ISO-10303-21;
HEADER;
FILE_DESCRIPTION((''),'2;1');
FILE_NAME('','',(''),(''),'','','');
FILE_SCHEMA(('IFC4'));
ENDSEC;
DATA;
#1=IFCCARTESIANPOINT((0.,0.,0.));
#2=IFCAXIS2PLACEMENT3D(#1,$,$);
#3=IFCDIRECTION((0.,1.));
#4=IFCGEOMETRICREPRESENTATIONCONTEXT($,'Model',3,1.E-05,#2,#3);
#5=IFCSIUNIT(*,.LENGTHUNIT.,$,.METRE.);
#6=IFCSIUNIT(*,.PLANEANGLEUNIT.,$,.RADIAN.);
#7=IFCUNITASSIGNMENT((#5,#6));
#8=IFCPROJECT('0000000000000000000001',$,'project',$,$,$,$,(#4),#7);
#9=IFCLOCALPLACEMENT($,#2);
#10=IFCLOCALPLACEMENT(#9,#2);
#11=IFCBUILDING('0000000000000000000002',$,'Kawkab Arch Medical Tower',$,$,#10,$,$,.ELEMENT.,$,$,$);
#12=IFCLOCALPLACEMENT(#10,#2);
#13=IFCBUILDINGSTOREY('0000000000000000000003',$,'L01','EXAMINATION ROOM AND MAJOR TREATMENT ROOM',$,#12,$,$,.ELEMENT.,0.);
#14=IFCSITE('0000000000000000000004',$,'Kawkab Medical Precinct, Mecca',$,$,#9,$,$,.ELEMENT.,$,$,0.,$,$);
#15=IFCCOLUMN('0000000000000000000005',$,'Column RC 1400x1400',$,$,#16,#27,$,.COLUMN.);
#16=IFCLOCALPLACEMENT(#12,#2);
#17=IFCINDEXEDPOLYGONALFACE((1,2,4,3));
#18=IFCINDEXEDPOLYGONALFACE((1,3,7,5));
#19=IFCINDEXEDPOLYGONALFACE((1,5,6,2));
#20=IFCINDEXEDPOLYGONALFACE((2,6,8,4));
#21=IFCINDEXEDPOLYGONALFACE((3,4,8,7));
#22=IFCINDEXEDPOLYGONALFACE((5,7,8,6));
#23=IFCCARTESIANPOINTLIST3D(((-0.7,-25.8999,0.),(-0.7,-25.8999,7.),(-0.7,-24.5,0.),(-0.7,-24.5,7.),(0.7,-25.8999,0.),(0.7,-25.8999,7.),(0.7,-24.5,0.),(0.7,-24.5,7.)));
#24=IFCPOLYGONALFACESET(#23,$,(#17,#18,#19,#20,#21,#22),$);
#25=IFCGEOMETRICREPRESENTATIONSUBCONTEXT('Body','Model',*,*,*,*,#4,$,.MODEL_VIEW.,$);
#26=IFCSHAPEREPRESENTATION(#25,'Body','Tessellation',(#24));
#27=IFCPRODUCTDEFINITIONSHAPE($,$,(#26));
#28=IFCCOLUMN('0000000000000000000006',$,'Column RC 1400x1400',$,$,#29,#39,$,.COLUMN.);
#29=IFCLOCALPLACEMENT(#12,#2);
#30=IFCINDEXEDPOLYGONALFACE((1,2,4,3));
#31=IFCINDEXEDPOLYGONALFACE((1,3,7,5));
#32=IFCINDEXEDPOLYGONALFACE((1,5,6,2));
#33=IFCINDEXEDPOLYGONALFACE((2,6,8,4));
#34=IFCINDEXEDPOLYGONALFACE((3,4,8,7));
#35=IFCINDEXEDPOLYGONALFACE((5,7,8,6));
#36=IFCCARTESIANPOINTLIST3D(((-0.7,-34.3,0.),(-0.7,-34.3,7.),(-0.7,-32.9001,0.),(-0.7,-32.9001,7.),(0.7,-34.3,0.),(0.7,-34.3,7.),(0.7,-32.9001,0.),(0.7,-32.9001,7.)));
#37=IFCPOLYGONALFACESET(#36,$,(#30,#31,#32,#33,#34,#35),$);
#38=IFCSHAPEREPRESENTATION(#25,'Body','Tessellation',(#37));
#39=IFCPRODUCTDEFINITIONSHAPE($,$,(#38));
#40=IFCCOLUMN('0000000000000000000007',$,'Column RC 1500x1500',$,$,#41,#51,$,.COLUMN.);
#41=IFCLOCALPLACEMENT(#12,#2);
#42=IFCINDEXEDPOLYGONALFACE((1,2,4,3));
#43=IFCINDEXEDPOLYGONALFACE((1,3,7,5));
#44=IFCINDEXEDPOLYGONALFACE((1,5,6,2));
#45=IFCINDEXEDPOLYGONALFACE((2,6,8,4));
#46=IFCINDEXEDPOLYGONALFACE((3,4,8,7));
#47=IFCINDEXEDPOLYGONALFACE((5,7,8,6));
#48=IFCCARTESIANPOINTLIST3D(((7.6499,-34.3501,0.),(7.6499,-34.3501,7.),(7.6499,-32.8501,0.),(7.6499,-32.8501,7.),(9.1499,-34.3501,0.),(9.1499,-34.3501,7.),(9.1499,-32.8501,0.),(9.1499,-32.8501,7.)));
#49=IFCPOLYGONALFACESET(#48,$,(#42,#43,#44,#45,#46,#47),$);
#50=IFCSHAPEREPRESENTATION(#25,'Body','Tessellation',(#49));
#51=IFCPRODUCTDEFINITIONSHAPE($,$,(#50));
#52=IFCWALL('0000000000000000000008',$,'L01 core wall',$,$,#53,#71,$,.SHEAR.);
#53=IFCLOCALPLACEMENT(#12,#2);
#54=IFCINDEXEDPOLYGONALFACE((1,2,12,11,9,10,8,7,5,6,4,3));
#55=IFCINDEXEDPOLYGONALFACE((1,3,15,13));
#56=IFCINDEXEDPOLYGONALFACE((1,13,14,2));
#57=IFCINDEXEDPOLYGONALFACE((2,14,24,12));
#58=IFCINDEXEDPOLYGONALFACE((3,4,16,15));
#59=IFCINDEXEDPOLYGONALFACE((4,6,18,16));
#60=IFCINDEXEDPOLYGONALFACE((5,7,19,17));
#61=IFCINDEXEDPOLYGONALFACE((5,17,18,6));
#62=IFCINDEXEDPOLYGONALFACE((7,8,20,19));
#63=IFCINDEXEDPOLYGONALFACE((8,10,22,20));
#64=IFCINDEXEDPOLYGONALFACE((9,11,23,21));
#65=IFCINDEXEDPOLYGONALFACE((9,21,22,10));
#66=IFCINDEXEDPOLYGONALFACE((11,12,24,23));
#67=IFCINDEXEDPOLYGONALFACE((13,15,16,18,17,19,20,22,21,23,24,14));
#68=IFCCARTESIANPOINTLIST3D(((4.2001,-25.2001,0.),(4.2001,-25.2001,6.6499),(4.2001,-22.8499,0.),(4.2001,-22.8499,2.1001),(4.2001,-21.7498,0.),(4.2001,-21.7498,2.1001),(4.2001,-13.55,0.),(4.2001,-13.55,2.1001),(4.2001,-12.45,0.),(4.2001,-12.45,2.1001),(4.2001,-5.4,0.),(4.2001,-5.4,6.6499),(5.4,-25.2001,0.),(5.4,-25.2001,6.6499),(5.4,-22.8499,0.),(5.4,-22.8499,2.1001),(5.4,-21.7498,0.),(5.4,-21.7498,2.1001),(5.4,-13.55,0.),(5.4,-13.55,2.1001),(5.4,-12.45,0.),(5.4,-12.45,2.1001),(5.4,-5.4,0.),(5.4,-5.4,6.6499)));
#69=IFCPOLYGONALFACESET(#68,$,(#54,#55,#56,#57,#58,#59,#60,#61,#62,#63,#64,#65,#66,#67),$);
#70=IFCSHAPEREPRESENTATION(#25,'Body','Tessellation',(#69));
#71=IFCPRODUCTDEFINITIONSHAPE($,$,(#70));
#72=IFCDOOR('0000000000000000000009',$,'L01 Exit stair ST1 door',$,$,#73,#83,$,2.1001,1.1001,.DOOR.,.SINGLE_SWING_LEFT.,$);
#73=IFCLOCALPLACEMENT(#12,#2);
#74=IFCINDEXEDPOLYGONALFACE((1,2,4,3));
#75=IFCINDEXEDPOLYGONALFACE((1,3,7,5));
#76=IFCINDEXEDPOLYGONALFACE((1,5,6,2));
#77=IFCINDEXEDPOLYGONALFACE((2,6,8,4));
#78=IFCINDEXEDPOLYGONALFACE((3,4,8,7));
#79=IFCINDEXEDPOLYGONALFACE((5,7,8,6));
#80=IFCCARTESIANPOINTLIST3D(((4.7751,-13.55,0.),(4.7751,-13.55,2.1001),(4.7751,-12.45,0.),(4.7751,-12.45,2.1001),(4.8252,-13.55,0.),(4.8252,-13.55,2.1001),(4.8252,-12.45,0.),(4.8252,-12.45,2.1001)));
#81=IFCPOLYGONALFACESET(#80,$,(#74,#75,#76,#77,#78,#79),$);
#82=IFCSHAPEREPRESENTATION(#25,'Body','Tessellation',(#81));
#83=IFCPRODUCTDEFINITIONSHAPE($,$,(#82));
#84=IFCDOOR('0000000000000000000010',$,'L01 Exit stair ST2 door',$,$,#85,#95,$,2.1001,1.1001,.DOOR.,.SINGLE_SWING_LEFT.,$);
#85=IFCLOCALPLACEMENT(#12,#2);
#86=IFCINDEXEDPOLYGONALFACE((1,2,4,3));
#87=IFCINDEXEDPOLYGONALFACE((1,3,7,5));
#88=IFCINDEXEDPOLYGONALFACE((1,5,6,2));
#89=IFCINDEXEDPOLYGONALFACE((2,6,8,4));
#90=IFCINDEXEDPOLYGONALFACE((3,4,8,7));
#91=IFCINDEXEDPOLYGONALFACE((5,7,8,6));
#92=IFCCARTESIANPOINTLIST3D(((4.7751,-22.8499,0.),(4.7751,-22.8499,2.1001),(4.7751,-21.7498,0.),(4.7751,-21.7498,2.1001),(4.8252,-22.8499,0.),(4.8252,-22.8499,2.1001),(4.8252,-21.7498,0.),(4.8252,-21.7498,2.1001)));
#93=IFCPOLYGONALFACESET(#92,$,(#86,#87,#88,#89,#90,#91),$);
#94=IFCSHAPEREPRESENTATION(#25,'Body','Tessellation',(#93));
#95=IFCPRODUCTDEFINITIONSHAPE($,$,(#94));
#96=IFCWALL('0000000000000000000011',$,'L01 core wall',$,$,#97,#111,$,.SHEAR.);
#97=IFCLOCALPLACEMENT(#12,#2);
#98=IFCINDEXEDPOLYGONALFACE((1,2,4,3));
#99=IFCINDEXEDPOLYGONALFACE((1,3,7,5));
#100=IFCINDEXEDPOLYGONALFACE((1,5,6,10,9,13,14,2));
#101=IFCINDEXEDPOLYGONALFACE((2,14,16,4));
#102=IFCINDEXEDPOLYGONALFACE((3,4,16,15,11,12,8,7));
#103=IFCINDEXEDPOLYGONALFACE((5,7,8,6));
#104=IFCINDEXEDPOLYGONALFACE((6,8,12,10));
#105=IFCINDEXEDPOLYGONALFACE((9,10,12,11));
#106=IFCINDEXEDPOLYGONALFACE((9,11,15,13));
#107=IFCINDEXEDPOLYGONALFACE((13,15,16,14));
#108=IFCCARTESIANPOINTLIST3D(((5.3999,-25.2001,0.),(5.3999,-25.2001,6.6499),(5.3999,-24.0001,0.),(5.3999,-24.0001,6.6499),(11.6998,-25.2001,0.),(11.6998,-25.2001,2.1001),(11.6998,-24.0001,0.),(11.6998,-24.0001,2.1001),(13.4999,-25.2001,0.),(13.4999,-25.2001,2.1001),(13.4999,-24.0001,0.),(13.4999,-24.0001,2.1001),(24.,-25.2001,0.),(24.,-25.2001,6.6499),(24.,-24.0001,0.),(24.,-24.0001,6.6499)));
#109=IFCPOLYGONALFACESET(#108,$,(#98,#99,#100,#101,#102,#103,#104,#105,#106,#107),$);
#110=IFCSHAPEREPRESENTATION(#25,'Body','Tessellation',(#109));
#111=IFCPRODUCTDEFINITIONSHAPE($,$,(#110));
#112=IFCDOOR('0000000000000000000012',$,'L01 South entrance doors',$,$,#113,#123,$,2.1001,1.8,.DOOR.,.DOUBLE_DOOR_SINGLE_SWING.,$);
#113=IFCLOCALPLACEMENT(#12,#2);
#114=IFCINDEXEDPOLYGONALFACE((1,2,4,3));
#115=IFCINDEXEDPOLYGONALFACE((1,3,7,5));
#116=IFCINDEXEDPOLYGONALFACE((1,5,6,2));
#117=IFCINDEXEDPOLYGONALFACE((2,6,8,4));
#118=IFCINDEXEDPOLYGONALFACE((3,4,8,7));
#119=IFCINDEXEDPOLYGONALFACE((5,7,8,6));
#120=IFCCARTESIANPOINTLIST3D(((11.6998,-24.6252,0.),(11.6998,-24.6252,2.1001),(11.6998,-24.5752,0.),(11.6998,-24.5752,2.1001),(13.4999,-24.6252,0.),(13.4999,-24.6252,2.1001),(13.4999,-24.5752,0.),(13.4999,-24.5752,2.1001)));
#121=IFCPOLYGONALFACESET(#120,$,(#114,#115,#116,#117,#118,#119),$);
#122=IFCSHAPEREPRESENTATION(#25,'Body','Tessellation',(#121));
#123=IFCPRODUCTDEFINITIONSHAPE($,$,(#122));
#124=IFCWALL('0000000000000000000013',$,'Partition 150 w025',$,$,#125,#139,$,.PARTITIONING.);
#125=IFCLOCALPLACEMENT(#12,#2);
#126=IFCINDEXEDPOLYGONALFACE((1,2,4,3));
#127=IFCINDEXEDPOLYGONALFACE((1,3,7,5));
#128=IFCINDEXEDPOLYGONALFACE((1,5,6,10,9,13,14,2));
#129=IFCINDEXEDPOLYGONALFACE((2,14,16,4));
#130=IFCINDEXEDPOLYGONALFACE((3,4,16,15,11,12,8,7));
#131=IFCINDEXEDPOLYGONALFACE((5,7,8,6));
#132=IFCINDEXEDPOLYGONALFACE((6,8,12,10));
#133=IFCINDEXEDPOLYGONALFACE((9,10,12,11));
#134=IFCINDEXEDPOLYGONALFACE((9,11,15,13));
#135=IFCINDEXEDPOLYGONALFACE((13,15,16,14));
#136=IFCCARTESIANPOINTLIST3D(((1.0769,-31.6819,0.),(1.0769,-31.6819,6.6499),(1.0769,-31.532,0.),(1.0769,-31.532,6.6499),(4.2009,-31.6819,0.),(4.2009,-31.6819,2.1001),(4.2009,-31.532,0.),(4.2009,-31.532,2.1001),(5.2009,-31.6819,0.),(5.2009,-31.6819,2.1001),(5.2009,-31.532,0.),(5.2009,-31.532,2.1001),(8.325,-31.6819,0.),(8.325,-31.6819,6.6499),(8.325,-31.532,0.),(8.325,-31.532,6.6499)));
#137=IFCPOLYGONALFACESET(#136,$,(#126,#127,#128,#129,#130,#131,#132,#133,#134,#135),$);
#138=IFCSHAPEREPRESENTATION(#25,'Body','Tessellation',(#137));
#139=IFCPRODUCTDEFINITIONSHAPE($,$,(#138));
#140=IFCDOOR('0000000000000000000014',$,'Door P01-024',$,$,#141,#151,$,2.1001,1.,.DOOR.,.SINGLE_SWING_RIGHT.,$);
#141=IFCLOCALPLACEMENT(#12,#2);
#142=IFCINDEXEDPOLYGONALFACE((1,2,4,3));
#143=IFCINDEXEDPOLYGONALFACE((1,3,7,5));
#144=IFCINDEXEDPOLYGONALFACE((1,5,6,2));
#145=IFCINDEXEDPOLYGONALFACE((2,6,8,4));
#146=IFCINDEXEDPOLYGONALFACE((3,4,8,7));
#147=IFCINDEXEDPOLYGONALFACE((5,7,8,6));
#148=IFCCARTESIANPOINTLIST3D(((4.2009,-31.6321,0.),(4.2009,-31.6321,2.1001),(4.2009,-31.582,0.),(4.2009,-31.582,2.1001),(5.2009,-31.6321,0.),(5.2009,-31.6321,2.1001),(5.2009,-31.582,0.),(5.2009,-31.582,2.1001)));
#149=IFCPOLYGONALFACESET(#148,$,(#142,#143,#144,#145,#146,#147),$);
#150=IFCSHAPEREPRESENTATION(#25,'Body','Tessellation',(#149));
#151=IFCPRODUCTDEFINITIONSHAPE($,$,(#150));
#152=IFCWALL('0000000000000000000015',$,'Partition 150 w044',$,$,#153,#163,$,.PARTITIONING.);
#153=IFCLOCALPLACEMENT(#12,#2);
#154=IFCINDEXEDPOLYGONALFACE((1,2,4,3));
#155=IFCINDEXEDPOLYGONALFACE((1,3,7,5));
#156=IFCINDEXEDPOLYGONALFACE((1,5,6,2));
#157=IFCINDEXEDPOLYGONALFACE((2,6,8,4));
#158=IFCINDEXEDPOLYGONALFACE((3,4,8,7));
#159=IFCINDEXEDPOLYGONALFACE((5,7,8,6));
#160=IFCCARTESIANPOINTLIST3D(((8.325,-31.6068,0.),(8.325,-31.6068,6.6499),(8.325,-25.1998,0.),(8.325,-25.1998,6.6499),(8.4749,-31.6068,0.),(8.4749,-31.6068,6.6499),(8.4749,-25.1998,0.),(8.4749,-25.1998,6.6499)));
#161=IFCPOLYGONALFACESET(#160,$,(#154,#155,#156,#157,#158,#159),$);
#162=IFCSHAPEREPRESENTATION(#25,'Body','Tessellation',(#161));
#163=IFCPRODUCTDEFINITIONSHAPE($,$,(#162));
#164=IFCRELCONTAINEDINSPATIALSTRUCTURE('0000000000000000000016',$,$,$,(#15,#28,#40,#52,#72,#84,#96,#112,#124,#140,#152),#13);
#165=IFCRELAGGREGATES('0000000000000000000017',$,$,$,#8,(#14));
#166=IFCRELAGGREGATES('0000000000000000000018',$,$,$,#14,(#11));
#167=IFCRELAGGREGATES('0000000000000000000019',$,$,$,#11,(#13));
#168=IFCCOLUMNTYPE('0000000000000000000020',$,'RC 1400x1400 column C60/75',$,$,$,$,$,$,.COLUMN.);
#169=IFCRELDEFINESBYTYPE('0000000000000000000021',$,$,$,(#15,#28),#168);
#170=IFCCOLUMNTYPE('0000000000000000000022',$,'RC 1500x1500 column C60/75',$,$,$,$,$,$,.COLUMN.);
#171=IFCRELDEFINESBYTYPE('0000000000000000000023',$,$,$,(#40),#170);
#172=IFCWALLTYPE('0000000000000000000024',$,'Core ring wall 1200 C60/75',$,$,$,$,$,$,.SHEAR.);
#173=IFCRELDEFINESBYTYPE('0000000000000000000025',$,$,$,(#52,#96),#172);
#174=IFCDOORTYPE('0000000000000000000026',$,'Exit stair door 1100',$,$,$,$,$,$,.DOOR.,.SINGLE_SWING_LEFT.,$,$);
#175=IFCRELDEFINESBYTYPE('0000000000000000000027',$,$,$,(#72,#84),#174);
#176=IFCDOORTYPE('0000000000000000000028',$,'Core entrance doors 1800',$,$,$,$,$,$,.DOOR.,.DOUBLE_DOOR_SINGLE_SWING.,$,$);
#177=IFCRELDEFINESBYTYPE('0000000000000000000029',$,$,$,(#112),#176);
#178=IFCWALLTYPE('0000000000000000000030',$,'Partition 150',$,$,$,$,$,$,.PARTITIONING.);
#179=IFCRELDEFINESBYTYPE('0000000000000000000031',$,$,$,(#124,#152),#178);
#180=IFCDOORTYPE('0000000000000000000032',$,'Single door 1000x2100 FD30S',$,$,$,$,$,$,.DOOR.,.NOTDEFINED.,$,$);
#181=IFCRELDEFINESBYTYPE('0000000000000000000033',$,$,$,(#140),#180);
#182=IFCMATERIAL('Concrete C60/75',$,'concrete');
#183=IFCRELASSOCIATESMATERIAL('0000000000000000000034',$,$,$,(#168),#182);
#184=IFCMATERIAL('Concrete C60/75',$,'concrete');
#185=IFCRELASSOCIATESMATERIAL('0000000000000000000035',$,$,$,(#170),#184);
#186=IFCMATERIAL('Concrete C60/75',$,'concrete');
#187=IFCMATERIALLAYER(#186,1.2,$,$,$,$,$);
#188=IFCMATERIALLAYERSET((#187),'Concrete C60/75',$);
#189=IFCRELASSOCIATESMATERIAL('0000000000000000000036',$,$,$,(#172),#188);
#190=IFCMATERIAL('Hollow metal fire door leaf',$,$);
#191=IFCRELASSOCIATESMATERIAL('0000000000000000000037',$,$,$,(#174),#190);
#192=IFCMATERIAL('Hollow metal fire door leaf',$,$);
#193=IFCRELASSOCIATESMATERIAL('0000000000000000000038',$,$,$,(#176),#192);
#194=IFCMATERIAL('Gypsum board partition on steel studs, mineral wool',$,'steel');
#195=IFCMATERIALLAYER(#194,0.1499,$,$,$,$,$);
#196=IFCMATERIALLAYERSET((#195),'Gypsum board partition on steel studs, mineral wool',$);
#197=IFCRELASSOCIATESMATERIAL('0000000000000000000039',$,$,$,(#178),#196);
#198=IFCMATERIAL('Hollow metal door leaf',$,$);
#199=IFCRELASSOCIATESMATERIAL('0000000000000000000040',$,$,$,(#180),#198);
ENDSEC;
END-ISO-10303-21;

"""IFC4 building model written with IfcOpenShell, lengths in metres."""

from ifc_helpers import new_model, si_unit, direction, frame, frame_2d, origin, origin_2d, place, context, subcontext, project, spatial, rectangle, extrude, material, layer, layer_set, material_profile, profile_set, type_object, element, fill, save


model = new_model("IFC4")

# Units and contexts
model_context = context("Model", 3, precision=1e-05, world=origin(), true_north=direction((0.0, 1.0)))
body_context = subcontext(model_context, "Body", "Model", "MODEL_VIEW")
ifc_project = project(units=[si_unit("LENGTHUNIT", "METRE"), si_unit("PLANEANGLEUNIT", "RADIAN")], contexts=[model_context])

# Site, building, storey
site_placement = place(None, origin())
site = spatial("IfcSite", under=ifc_project, at=site_placement, Name="Kawkab Medical Precinct, Mecca", CompositionType="ELEMENT", RefElevation=0.0)
building_placement = place(site_placement, origin())
building = spatial("IfcBuilding", under=site, at=building_placement, Name="Kawkab Arch Medical Tower", CompositionType="ELEMENT")
storey_placement = place(building_placement, origin())
storey = spatial("IfcBuildingStorey", under=building, at=storey_placement, Name="L01", Description="EXAMINATION ROOM AND MAJOR TREATMENT ROOM", CompositionType="ELEMENT", Elevation=0.0)

# Columns
ifc_material_1 = material(Name="Concrete C60/75", Category="concrete")
ifc_material_profile_1 = material_profile(ifc_material_1, rectangle(XDim=1.3999, YDim=1.3999, at=origin_2d()), Name="RC 1400x1400")
ifc_profile_set_1 = profile_set([ifc_material_profile_1], Name="Concrete C60/75")
column_type_1 = type_object("IfcColumnType", Name="RC 1400x1400 column C60/75", PredefinedType="COLUMN", material=ifc_profile_set_1)
for number, where, z_axis, x_axis, name in (
    (1, (0.0, -25.2, 0.0), (0.0, 0.0, 1.0), (1.0, 0.0, 0.0), "Column RC 1400x1400"),
    (2, (0.0, -33.6001, 0.0), (0.0, 0.0, 1.0), (1.0, 0.0, 0.0), "Column RC 1400x1400"),
):
    element("IfcColumn", number, at=place(storey_placement, frame(where, z_axis=z_axis, x_axis=x_axis)), inside=storey, type_object=column_type_1, Name=name, PredefinedType="COLUMN", context=body_context, shape_type="SweptSolid", body=[
        extrude(rectangle(XDim=1.3999, YDim=1.3999, at=origin_2d()), origin(), (0.0, 0.0, 1.0), 7.0),
    ])
ifc_material_2 = material(Name="Concrete C60/75", Category="concrete")
ifc_material_profile_2 = material_profile(ifc_material_2, rectangle(XDim=1.5, YDim=1.5, at=origin_2d()), Name="RC 1500x1500")
ifc_profile_set_2 = profile_set([ifc_material_profile_2], Name="Concrete C60/75")
column_type_2 = type_object("IfcColumnType", Name="RC 1500x1500 column C60/75", PredefinedType="COLUMN", material=ifc_profile_set_2)
column_placement = place(storey_placement, frame((8.3999, -33.6001, 0.0), z_axis=(0.0, 0.0, 1.0), x_axis=(1.0, 0.0, 0.0)))
element("IfcColumn", 3, at=column_placement, inside=storey, type_object=column_type_2, Name="Column RC 1500x1500", PredefinedType="COLUMN", context=body_context, shape_type="SweptSolid", body=[
    extrude(rectangle(XDim=1.5, YDim=1.5, at=origin_2d()), origin(), (0.0, 0.0, 1.0), 7.0),
])

# Wall, openings, doors
ifc_material_3 = material(Name="Concrete C60/75", Category="concrete")
ifc_layer_1 = layer(ifc_material_3, 1.2)
ifc_layer_set_1 = layer_set([ifc_layer_1], Name="Concrete C60/75")
wall_type_1 = type_object("IfcWallType", Name="Core ring wall 1200 C60/75", PredefinedType="SHEAR", material=ifc_layer_set_1)
wall_1_placement = place(storey_placement, frame((4.8, -25.2, 0.0), z_axis=(0.0, 0.0, 1.0), x_axis=(0.0, 1.0, 0.0)))
wall_1 = element("IfcWall", 4, at=wall_1_placement, inside=storey, type_object=wall_type_1, Name="L01 core wall", PredefinedType="SHEAR", context=body_context, shape_type="SweptSolid", body=[
    extrude(rectangle(XDim=19.8, YDim=1.2, at=frame_2d((9.8999, 0.0))), origin(), (0.0, 0.0, 1.0), 6.6499),
])
opening_1_placement = place(wall_1_placement, frame((11.6499, 0.0, 0.0)))
opening_1 = element("IfcOpeningElement", 5, at=opening_1_placement, cuts=wall_1, PredefinedType="OPENING", context=body_context, shape_type="SweptSolid", body=[
    extrude(rectangle(XDim=1.1001, YDim=2.1001, at=frame_2d((0.55, 1.05))), frame((0.0, 0.6099, 0.0), z_axis=(0.0, -1.0, 0.0), x_axis=(1.0, 0.0, 0.0)), (0.0, 0.0, 1.0), 1.22),
])
opening_2_placement = place(wall_1_placement, frame((2.3501, 0.0, 0.0)))
opening_2 = element("IfcOpeningElement", 6, at=opening_2_placement, cuts=wall_1, PredefinedType="OPENING", context=body_context, shape_type="SweptSolid", body=[
    extrude(rectangle(XDim=1.1001, YDim=2.1001, at=frame_2d((0.55, 1.05))), frame((0.0, 0.6099, 0.0), z_axis=(0.0, -1.0, 0.0), x_axis=(1.0, 0.0, 0.0)), (0.0, 0.0, 1.0), 1.22),
])
ifc_material_4 = material(Name="Hollow metal fire door leaf")
door_type_1 = type_object("IfcDoorType", Name="Exit stair door 1100", OperationType="SINGLE_SWING_LEFT", PredefinedType="DOOR", material=ifc_material_4)
door_1_placement = place(opening_1_placement, origin())
door_1 = element("IfcDoor", 7, at=door_1_placement, inside=storey, type_object=door_type_1, Name="L01 Exit stair ST1 door", OperationType="SINGLE_SWING_LEFT", OverallHeight=2.1001, OverallWidth=1.1001, PredefinedType="DOOR", context=body_context, shape_type="SweptSolid", body=[
    extrude(rectangle(XDim=1.1001, YDim=2.1001, at=frame_2d((0.55, 1.05))), frame((0.0, 0.0249, 0.0), z_axis=(0.0, -1.0, 0.0), x_axis=(1.0, 0.0, 0.0)), (0.0, 0.0, 1.0), 0.05),
])
fill(opening_1, door_1)
door_2_placement = place(opening_2_placement, origin())
door_2 = element("IfcDoor", 8, at=door_2_placement, inside=storey, type_object=door_type_1, Name="L01 Exit stair ST2 door", OperationType="SINGLE_SWING_LEFT", OverallHeight=2.1001, OverallWidth=1.1001, PredefinedType="DOOR", context=body_context, shape_type="SweptSolid", body=[
    extrude(rectangle(XDim=1.1001, YDim=2.1001, at=frame_2d((0.55, 1.05))), frame((0.0, 0.0249, 0.0), z_axis=(0.0, -1.0, 0.0), x_axis=(1.0, 0.0, 0.0)), (0.0, 0.0, 1.0), 0.05),
])
fill(opening_2, door_2)

# Walls, openings, doors
wall_2_placement = place(storey_placement, frame((5.3999, -24.6001, 0.0), z_axis=(0.0, 0.0, 1.0), x_axis=(1.0, 0.0, 0.0)))
wall_2 = element("IfcWall", 9, at=wall_2_placement, inside=storey, type_object=wall_type_1, Name="L01 core wall", PredefinedType="SHEAR", context=body_context, shape_type="SweptSolid", body=[
    extrude(rectangle(XDim=18.6001, YDim=1.2, at=frame_2d((9.3, 0.0))), origin(), (0.0, 0.0, 1.0), 6.6499),
])
opening_3_placement = place(wall_2_placement, frame((6.3, 0.0, 0.0)))
opening_3 = element("IfcOpeningElement", 10, at=opening_3_placement, cuts=wall_2, PredefinedType="OPENING", context=body_context, shape_type="SweptSolid", body=[
    extrude(rectangle(XDim=1.8, YDim=2.1001, at=frame_2d((0.8999, 1.05))), frame((0.0, 0.6099, 0.0), z_axis=(0.0, -1.0, 0.0), x_axis=(1.0, 0.0, 0.0)), (0.0, 0.0, 1.0), 1.22),
])
ifc_material_5 = material(Name="Hollow metal fire door leaf")
door_type_2 = type_object("IfcDoorType", Name="Core entrance doors 1800", OperationType="DOUBLE_DOOR_SINGLE_SWING", PredefinedType="DOOR", material=ifc_material_5)
door_3_placement = place(opening_3_placement, origin())
door_3 = element("IfcDoor", 11, at=door_3_placement, inside=storey, type_object=door_type_2, Name="L01 South entrance doors", OperationType="DOUBLE_DOOR_SINGLE_SWING", OverallHeight=2.1001, OverallWidth=1.8, PredefinedType="DOOR", context=body_context, shape_type="SweptSolid", body=[
    extrude(rectangle(XDim=1.8, YDim=2.1001, at=frame_2d((0.8999, 1.05))), frame((0.0, 0.0249, 0.0), z_axis=(0.0, -1.0, 0.0), x_axis=(1.0, 0.0, 0.0)), (0.0, 0.0, 1.0), 0.05),
])
fill(opening_3, door_3)
ifc_material_6 = material(Name="Gypsum board partition on steel studs, mineral wool", Category="steel")
ifc_layer_2 = layer(ifc_material_6, 0.1499)
ifc_layer_set_2 = layer_set([ifc_layer_2], Name="Gypsum board partition on steel studs, mineral wool")
wall_type_2 = type_object("IfcWallType", Name="Partition 150", PredefinedType="PARTITIONING", material=ifc_layer_set_2)
wall_3_placement = place(storey_placement, frame((1.0769, -31.6069, 0.0), z_axis=(0.0, 0.0, 1.0), x_axis=(1.0, 0.0, 0.0)))
wall_3 = element("IfcWall", 12, at=wall_3_placement, inside=storey, type_object=wall_type_2, Name="Partition 150 w025", PredefinedType="PARTITIONING", context=body_context, shape_type="SweptSolid", body=[
    extrude(rectangle(XDim=7.248, YDim=0.1499, at=frame_2d((3.624, 0.0))), origin(), (0.0, 0.0, 1.0), 6.6499),
])
opening_4_placement = place(wall_3_placement, frame((3.124, 0.0, 0.0)))
opening_4 = element("IfcOpeningElement", 13, at=opening_4_placement, cuts=wall_3, PredefinedType="OPENING", context=body_context, shape_type="SweptSolid", body=[
    extrude(rectangle(XDim=1.0, YDim=2.1001, at=frame_2d((0.5, 1.05))), frame((0.0, 0.085, 0.0), z_axis=(0.0, -1.0, 0.0), x_axis=(1.0, 0.0, 0.0)), (0.0, 0.0, 1.0), 0.1699),
])
ifc_material_7 = material(Name="Hollow metal door leaf")
door_type_3 = type_object("IfcDoorType", Name="Single door 1000x2100 FD30S", OperationType="NOTDEFINED", PredefinedType="DOOR", material=ifc_material_7)
door_4_placement = place(opening_4_placement, origin())
door_4 = element("IfcDoor", 14, at=door_4_placement, inside=storey, type_object=door_type_3, Name="Door P01-024", OperationType="SINGLE_SWING_RIGHT", OverallHeight=2.1001, OverallWidth=1.0, PredefinedType="DOOR", context=body_context, shape_type="SweptSolid", body=[
    extrude(rectangle(XDim=1.0, YDim=2.1001, at=frame_2d((0.5, 1.05))), frame((0.0, 0.0249, 0.0), z_axis=(0.0, -1.0, 0.0), x_axis=(1.0, 0.0, 0.0)), (0.0, 0.0, 1.0), 0.05),
])
fill(opening_4, door_4)

# Wall
wall_4_placement = place(storey_placement, frame((8.3999, -31.6069, 0.0), z_axis=(0.0, 0.0, 1.0), x_axis=(0.0, 1.0, 0.0)))
element("IfcWall", 15, at=wall_4_placement, inside=storey, type_object=wall_type_2, Name="Partition 150 w044", PredefinedType="PARTITIONING", context=body_context, shape_type="SweptSolid", body=[
    extrude(rectangle(XDim=6.407, YDim=0.1499, at=frame_2d((3.2036, 0.0))), origin(), (0.0, 0.0, 1.0), 6.6499),
])

save(model, "model.ifc")
